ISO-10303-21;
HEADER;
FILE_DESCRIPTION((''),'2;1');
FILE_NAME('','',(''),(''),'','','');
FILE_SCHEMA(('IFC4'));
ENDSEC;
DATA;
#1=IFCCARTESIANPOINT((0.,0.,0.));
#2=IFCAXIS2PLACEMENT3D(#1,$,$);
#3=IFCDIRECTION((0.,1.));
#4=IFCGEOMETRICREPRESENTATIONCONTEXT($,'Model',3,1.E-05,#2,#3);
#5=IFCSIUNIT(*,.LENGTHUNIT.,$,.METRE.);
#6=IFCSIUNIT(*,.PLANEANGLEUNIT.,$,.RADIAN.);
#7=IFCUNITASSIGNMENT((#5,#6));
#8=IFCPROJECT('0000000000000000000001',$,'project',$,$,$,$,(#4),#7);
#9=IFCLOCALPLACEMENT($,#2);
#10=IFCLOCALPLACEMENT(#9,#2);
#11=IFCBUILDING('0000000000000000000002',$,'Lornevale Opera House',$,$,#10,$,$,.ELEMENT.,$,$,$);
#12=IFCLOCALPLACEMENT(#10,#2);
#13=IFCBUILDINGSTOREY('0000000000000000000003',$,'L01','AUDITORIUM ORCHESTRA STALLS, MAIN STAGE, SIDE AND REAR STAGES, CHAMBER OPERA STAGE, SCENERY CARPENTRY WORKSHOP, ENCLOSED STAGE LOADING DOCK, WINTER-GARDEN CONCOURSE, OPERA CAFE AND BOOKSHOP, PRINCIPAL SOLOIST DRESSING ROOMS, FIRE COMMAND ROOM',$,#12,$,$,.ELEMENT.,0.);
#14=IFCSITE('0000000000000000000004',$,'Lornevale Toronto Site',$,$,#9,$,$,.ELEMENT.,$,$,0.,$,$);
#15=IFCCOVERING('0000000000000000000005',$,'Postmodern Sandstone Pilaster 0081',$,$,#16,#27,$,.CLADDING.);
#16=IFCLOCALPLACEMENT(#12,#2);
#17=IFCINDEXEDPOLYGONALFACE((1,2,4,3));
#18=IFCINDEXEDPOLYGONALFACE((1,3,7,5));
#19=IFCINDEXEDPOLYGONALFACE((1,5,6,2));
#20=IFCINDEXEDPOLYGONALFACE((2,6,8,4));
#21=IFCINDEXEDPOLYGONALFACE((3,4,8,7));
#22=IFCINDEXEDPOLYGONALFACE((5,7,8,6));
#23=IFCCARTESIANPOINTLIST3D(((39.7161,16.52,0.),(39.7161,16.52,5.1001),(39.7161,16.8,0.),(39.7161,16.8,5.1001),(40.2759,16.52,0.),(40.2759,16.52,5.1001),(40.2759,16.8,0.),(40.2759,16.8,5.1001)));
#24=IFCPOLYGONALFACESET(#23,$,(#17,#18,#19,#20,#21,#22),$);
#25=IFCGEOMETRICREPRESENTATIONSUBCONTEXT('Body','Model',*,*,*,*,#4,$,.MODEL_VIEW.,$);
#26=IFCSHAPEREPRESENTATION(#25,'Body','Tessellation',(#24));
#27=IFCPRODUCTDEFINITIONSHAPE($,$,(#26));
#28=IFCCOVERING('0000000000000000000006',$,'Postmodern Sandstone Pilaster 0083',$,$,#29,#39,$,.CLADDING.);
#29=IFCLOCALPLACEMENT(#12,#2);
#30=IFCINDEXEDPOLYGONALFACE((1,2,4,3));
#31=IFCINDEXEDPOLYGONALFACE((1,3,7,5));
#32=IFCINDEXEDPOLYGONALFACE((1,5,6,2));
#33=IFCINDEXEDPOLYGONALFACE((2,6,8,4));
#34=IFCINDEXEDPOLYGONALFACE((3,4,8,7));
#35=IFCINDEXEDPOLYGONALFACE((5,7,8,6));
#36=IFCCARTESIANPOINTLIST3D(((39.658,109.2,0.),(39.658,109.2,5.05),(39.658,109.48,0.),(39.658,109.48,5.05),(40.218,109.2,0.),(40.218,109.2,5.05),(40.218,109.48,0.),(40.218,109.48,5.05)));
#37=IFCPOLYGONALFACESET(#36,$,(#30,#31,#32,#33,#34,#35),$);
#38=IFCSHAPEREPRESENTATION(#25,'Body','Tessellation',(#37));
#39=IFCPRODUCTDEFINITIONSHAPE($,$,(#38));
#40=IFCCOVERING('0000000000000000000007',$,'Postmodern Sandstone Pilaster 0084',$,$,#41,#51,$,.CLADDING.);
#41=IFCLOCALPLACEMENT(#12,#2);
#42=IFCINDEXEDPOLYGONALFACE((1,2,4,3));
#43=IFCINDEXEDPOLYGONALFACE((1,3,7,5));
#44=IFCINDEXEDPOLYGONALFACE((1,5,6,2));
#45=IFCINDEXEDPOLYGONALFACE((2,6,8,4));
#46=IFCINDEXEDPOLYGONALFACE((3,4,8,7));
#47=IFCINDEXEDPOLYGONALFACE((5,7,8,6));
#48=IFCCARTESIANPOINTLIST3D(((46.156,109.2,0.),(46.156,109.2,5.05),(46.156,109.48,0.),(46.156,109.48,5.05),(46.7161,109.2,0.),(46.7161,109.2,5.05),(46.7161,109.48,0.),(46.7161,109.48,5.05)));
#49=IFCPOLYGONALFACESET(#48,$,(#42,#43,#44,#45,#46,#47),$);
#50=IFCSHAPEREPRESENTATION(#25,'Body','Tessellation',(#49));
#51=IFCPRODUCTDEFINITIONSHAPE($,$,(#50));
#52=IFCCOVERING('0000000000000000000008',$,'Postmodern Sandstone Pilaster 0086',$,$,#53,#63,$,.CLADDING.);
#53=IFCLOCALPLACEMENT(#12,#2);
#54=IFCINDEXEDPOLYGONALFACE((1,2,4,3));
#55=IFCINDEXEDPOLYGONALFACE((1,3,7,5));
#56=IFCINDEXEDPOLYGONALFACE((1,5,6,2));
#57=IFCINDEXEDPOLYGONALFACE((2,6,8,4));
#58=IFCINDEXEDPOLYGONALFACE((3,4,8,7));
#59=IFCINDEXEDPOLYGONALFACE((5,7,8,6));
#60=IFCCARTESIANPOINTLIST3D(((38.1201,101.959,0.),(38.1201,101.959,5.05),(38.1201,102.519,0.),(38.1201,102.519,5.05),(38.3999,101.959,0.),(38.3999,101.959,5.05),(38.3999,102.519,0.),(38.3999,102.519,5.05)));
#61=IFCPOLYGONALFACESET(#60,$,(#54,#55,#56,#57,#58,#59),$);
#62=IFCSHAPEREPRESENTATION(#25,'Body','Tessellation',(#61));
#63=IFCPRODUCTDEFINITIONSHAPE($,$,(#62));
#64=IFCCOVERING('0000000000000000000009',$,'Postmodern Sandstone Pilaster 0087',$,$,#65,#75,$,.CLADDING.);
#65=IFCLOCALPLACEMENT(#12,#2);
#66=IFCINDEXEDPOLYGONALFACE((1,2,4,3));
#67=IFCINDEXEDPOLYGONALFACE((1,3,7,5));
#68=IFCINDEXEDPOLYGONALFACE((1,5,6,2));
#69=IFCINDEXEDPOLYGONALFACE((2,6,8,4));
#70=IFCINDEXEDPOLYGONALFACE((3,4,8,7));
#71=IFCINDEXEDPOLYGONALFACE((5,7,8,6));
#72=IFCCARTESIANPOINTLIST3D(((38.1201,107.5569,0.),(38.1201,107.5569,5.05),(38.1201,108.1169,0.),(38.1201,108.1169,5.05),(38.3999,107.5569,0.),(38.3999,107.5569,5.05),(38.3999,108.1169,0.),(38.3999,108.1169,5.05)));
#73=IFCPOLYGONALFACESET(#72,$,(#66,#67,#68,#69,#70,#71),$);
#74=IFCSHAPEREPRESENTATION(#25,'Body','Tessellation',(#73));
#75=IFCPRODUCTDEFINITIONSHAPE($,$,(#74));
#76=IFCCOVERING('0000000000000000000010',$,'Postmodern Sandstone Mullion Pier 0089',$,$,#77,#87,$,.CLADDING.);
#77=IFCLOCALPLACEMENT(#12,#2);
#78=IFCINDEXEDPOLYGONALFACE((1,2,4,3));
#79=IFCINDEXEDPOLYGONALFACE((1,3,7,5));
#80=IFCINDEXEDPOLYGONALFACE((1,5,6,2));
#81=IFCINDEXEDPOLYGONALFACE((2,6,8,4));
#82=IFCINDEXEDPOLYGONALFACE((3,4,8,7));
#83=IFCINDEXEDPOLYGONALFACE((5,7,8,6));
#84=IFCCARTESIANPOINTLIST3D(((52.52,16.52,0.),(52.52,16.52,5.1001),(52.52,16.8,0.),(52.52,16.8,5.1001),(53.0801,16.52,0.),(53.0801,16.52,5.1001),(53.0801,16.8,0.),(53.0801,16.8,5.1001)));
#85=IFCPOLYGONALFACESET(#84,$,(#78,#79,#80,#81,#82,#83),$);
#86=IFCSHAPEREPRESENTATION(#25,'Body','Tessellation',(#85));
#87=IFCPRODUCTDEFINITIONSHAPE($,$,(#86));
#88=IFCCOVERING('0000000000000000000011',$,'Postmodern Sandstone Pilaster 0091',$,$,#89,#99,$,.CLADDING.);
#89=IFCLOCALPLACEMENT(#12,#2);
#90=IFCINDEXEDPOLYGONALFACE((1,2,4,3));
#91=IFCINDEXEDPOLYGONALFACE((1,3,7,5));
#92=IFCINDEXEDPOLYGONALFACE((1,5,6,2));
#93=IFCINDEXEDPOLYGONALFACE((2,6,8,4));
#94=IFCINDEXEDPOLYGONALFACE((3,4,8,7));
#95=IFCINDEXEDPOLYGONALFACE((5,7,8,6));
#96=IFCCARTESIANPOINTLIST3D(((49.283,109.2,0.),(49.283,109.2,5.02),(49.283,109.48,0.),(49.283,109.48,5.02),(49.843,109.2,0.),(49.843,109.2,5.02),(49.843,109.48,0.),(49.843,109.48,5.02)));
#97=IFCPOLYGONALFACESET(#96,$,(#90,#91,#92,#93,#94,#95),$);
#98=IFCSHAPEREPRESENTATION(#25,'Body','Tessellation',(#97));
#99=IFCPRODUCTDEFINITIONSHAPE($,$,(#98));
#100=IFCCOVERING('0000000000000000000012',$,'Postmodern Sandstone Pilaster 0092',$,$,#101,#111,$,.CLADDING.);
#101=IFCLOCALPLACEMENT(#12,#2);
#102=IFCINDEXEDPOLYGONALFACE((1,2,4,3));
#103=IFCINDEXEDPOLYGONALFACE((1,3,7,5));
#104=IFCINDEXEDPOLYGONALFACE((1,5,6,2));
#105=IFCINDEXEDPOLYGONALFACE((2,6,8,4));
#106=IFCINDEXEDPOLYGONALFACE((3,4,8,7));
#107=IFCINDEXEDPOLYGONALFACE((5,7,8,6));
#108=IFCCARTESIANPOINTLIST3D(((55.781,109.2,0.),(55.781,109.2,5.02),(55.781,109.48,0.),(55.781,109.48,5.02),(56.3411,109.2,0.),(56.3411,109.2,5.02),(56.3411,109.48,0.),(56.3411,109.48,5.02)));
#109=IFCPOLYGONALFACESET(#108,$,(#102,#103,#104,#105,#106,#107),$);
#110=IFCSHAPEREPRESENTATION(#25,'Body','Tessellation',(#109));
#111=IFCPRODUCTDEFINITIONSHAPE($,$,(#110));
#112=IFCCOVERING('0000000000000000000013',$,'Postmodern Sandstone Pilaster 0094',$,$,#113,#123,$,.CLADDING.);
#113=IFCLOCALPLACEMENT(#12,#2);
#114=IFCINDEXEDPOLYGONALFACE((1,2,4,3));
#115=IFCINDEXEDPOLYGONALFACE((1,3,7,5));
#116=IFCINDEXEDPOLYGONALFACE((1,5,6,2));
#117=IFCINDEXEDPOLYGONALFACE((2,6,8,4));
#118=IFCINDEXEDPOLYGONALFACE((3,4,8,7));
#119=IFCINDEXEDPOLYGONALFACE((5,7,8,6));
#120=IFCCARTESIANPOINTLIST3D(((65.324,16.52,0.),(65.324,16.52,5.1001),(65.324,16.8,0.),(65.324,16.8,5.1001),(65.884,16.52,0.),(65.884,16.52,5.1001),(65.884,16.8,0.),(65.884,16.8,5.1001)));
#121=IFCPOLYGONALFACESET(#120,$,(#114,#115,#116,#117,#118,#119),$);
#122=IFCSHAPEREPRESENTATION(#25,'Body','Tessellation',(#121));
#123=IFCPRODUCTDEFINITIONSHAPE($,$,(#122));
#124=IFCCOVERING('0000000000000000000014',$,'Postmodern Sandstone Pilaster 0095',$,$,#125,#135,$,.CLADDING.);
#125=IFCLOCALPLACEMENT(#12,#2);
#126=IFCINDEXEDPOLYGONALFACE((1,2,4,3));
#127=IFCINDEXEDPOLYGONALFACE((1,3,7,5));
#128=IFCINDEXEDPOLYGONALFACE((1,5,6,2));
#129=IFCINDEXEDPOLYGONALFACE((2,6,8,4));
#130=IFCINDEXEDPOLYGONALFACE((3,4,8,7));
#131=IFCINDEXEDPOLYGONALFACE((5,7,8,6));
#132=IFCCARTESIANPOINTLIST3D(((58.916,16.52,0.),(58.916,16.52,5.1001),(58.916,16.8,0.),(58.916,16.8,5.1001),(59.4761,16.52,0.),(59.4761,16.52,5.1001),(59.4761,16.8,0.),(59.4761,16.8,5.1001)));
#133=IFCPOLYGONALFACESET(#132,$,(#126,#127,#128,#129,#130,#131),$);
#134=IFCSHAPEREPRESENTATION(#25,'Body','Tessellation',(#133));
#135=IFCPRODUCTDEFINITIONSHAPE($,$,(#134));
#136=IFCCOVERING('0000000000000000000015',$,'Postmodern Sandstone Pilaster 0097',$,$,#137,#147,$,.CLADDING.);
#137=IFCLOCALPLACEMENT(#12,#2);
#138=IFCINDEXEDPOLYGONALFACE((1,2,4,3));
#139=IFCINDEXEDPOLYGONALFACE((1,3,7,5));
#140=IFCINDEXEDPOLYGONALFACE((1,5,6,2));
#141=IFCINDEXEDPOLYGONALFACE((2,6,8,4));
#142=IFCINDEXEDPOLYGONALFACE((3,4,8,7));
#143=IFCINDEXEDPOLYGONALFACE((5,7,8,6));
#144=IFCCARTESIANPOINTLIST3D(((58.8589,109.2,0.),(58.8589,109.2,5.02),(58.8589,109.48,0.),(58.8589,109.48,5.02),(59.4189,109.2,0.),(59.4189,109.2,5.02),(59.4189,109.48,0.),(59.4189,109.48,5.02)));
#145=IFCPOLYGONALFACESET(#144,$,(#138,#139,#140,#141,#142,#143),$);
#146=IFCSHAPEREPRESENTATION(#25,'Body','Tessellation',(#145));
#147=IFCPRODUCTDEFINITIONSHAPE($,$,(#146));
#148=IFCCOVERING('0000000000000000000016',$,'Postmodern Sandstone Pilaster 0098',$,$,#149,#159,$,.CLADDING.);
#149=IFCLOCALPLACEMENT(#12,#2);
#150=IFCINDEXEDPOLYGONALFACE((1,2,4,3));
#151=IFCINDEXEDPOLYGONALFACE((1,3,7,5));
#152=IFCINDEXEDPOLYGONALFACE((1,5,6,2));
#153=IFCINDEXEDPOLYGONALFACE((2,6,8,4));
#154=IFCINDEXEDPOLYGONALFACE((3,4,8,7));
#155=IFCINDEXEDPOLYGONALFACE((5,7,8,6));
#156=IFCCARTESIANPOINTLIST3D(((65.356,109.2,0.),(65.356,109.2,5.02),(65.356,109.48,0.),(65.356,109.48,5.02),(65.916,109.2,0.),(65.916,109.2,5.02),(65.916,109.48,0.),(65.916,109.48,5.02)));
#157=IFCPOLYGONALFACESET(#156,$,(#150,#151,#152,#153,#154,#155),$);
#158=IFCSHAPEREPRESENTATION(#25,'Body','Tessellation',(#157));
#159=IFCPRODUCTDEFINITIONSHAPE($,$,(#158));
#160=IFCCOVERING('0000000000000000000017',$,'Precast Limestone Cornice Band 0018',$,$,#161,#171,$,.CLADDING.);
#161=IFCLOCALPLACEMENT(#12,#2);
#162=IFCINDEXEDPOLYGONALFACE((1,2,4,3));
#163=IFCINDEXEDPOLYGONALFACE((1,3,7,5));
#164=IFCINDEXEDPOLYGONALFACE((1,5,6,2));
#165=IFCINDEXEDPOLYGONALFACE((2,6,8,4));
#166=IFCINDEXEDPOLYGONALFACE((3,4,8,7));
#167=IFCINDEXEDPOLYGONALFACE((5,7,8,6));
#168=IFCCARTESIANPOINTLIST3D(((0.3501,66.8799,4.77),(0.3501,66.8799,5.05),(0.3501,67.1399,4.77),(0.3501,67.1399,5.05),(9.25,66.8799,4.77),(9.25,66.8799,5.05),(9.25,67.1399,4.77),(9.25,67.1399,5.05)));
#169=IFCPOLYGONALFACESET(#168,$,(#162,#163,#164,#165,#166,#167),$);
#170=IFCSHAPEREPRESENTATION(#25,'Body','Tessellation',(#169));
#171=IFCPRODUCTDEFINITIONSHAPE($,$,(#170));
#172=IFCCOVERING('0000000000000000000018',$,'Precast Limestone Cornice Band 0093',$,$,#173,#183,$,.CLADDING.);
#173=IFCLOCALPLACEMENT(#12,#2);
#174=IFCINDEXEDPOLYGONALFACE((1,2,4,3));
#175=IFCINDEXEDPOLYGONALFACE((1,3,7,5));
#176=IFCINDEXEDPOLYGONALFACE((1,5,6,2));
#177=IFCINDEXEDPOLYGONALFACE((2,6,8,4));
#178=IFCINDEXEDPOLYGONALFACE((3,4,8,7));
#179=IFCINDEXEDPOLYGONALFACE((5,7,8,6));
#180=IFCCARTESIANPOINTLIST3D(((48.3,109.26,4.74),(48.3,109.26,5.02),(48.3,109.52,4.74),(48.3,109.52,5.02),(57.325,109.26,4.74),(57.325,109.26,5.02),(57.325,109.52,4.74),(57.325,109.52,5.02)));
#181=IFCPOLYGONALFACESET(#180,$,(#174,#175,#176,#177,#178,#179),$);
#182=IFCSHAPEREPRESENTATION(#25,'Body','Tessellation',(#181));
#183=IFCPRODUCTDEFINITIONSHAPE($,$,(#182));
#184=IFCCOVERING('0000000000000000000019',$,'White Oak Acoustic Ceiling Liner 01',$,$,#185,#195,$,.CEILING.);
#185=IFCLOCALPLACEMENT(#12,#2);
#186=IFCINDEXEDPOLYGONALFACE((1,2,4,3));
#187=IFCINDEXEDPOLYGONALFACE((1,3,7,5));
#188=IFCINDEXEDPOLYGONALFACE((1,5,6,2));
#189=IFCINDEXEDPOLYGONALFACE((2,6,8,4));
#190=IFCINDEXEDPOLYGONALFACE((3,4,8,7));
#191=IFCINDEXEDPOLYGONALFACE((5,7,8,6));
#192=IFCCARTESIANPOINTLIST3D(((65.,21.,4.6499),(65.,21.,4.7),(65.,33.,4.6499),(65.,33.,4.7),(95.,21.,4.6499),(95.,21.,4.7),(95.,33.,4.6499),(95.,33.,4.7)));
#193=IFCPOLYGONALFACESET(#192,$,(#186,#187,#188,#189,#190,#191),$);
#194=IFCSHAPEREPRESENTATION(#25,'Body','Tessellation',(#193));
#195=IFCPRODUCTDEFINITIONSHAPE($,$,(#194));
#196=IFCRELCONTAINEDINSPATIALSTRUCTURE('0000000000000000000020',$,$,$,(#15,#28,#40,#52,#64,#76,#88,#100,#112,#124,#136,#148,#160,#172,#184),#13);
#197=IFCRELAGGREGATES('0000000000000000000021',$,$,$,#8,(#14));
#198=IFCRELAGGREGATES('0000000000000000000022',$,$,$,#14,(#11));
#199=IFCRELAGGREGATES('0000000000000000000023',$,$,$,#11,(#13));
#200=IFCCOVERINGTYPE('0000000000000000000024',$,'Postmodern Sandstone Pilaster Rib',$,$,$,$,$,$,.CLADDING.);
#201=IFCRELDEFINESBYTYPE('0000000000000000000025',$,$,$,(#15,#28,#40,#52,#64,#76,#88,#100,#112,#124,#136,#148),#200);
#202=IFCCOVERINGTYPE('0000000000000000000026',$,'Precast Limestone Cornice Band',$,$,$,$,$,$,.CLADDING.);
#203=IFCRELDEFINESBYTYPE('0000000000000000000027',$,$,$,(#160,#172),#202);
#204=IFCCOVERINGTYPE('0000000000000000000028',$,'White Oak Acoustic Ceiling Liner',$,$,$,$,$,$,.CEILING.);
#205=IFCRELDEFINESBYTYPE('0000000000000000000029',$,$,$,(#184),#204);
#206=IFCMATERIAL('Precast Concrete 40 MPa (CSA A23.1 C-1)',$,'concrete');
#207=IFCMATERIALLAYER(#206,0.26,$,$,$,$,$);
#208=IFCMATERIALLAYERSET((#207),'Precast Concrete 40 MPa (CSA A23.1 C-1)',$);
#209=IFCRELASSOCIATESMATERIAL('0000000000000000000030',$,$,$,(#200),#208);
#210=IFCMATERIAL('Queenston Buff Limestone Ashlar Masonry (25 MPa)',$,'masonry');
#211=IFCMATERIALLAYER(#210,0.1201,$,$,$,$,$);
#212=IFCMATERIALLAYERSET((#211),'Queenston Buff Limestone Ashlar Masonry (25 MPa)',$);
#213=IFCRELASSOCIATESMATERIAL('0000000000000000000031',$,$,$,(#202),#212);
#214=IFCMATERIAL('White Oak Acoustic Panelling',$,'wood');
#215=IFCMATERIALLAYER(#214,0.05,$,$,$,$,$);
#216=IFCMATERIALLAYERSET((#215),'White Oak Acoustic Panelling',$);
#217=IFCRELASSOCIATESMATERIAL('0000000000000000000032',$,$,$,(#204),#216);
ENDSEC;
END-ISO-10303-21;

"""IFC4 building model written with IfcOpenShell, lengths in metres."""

from ifc_helpers import new_model, si_unit, direction, frame, origin, place, context, subcontext, project, spatial, polyline, outline, extrude, material, layer, layer_set, type_object, element, save


model = new_model("IFC4")

# Units and contexts
model_context = context("Model", 3, precision=1e-05, world=origin(), true_north=direction((0.0, 1.0)))
body_context = subcontext(model_context, "Body", "Model", "MODEL_VIEW")
ifc_project = project(units=[si_unit("LENGTHUNIT", "METRE"), si_unit("PLANEANGLEUNIT", "RADIAN")], contexts=[model_context])

# Site, building, storey
site_placement = place(None, origin())
site = spatial("IfcSite", under=ifc_project, at=site_placement, Name="Lornevale Toronto Site", CompositionType="ELEMENT", RefElevation=0.0)
building_placement = place(site_placement, origin())
building = spatial("IfcBuilding", under=site, at=building_placement, Name="Lornevale Opera House", CompositionType="ELEMENT")
storey_placement = place(building_placement, origin())
storey = spatial("IfcBuildingStorey", under=building, at=storey_placement, Name="L01", Description="AUDITORIUM ORCHESTRA STALLS, MAIN STAGE, SIDE AND REAR STAGES, CHAMBER OPERA STAGE, SCENERY CARPENTRY WORKSHOP, ENCLOSED STAGE LOADING DOCK, WINTER-GARDEN CONCOURSE, OPERA CAFE AND BOOKSHOP, PRINCIPAL SOLOIST DRESSING ROOMS, FIRE COMMAND ROOM", CompositionType="ELEMENT", Elevation=0.0)

# Coverings
ifc_material_1 = material(Name="Precast Concrete 40 MPa (CSA A23.1 C-1)", Category="concrete")
ifc_layer_1 = layer(ifc_material_1, 0.26)
ifc_layer_set_1 = layer_set([ifc_layer_1], Name="Precast Concrete 40 MPa (CSA A23.1 C-1)")
covering_type_1 = type_object("IfcCoveringType", Name="Postmodern Sandstone Pilaster Rib", PredefinedType="CLADDING", material=ifc_layer_set_1)
covering_1_placement = place(storey_placement, origin())
element("IfcCovering", 1, at=covering_1_placement, inside=storey, type_object=covering_type_1, Name="Postmodern Sandstone Pilaster 0081", PredefinedType="CLADDING", context=body_context, shape_type="SweptSolid", body=[
    extrude(outline(polyline([(40.2759, 16.8), (39.7161, 16.8), (39.7161, 16.52), (40.2759, 16.52), (40.2759, 16.8)])), origin(), (0.0, 0.0, 1.0), 5.1001),
])
covering_2_placement = place(storey_placement, origin())
element("IfcCovering", 2, at=covering_2_placement, inside=storey, type_object=covering_type_1, Name="Postmodern Sandstone Pilaster 0083", PredefinedType="CLADDING", context=body_context, shape_type="SweptSolid", body=[
    extrude(outline(polyline([(39.658, 109.2), (40.218, 109.2), (40.218, 109.48), (39.658, 109.48), (39.658, 109.2)])), origin(), (0.0, 0.0, 1.0), 5.05),
])
covering_3_placement = place(storey_placement, origin())
element("IfcCovering", 3, at=covering_3_placement, inside=storey, type_object=covering_type_1, Name="Postmodern Sandstone Pilaster 0084", PredefinedType="CLADDING", context=body_context, shape_type="SweptSolid", body=[
    extrude(outline(polyline([(46.156, 109.2), (46.7161, 109.2), (46.7161, 109.48), (46.156, 109.48), (46.156, 109.2)])), origin(), (0.0, 0.0, 1.0), 5.05),
])
covering_4_placement = place(storey_placement, origin())
element("IfcCovering", 4, at=covering_4_placement, inside=storey, type_object=covering_type_1, Name="Postmodern Sandstone Pilaster 0086", PredefinedType="CLADDING", context=body_context, shape_type="SweptSolid", body=[
    extrude(outline(polyline([(38.3999, 101.959), (38.3999, 102.519), (38.1201, 102.519), (38.1201, 101.959), (38.3999, 101.959)])), origin(), (0.0, 0.0, 1.0), 5.05),
])
covering_5_placement = place(storey_placement, origin())
element("IfcCovering", 5, at=covering_5_placement, inside=storey, type_object=covering_type_1, Name="Postmodern Sandstone Pilaster 0087", PredefinedType="CLADDING", context=body_context, shape_type="SweptSolid", body=[
    extrude(outline(polyline([(38.3999, 107.5569), (38.3999, 108.1169), (38.1201, 108.1169), (38.1201, 107.5569), (38.3999, 107.5569)])), origin(), (0.0, 0.0, 1.0), 5.05),
])
covering_6_placement = place(storey_placement, origin())
element("IfcCovering", 6, at=covering_6_placement, inside=storey, type_object=covering_type_1, Name="Postmodern Sandstone Mullion Pier 0089", PredefinedType="CLADDING", context=body_context, shape_type="SweptSolid", body=[
    extrude(outline(polyline([(53.0801, 16.8), (52.52, 16.8), (52.52, 16.52), (53.0801, 16.52), (53.0801, 16.8)])), origin(), (0.0, 0.0, 1.0), 5.1001),
])
covering_7_placement = place(storey_placement, origin())
element("IfcCovering", 7, at=covering_7_placement, inside=storey, type_object=covering_type_1, Name="Postmodern Sandstone Pilaster 0091", PredefinedType="CLADDING", context=body_context, shape_type="SweptSolid", body=[
    extrude(outline(polyline([(49.283, 109.2), (49.843, 109.2), (49.843, 109.48), (49.283, 109.48), (49.283, 109.2)])), origin(), (0.0, 0.0, 1.0), 5.02),
])
covering_8_placement = place(storey_placement, origin())
element("IfcCovering", 8, at=covering_8_placement, inside=storey, type_object=covering_type_1, Name="Postmodern Sandstone Pilaster 0092", PredefinedType="CLADDING", context=body_context, shape_type="SweptSolid", body=[
    extrude(outline(polyline([(55.781, 109.2), (56.3411, 109.2), (56.3411, 109.48), (55.781, 109.48), (55.781, 109.2)])), origin(), (0.0, 0.0, 1.0), 5.02),
])
covering_9_placement = place(storey_placement, origin())
element("IfcCovering", 9, at=covering_9_placement, inside=storey, type_object=covering_type_1, Name="Postmodern Sandstone Pilaster 0094", PredefinedType="CLADDING", context=body_context, shape_type="SweptSolid", body=[
    extrude(outline(polyline([(65.884, 16.8), (65.324, 16.8), (65.324, 16.52), (65.884, 16.52), (65.884, 16.8)])), origin(), (0.0, 0.0, 1.0), 5.1001),
])
covering_10_placement = place(storey_placement, origin())
element("IfcCovering", 10, at=covering_10_placement, inside=storey, type_object=covering_type_1, Name="Postmodern Sandstone Pilaster 0095", PredefinedType="CLADDING", context=body_context, shape_type="SweptSolid", body=[
    extrude(outline(polyline([(59.4761, 16.8), (58.916, 16.8), (58.916, 16.52), (59.4761, 16.52), (59.4761, 16.8)])), origin(), (0.0, 0.0, 1.0), 5.1001),
])
covering_11_placement = place(storey_placement, origin())
element("IfcCovering", 11, at=covering_11_placement, inside=storey, type_object=covering_type_1, Name="Postmodern Sandstone Pilaster 0097", PredefinedType="CLADDING", context=body_context, shape_type="SweptSolid", body=[
    extrude(outline(polyline([(58.8589, 109.2), (59.4189, 109.2), (59.4189, 109.48), (58.8589, 109.48), (58.8589, 109.2)])), origin(), (0.0, 0.0, 1.0), 5.02),
])
covering_12_placement = place(storey_placement, origin())
element("IfcCovering", 12, at=covering_12_placement, inside=storey, type_object=covering_type_1, Name="Postmodern Sandstone Pilaster 0098", PredefinedType="CLADDING", context=body_context, shape_type="SweptSolid", body=[
    extrude(outline(polyline([(65.356, 109.2), (65.916, 109.2), (65.916, 109.48), (65.356, 109.48), (65.356, 109.2)])), origin(), (0.0, 0.0, 1.0), 5.02),
])
ifc_material_2 = material(Name="Queenston Buff Limestone Ashlar Masonry (25 MPa)", Category="masonry")
ifc_layer_2 = layer(ifc_material_2, 0.1201)
ifc_layer_set_2 = layer_set([ifc_layer_2], Name="Queenston Buff Limestone Ashlar Masonry (25 MPa)")
covering_type_2 = type_object("IfcCoveringType", Name="Precast Limestone Cornice Band", PredefinedType="CLADDING", material=ifc_layer_set_2)
covering_13_placement = place(storey_placement, frame((0.0, 0.0, 4.77)))
element("IfcCovering", 13, at=covering_13_placement, inside=storey, type_object=covering_type_2, Name="Precast Limestone Cornice Band 0018", PredefinedType="CLADDING", context=body_context, shape_type="SweptSolid", body=[
    extrude(outline(polyline([(9.25, 67.1399), (0.3501, 67.1399), (0.3501, 66.8799), (9.25, 66.8799), (9.25, 67.1399)])), origin(), (0.0, 0.0, 1.0), 0.28),
])
covering_14_placement = place(storey_placement, frame((0.0, 0.0, 4.74)))
element("IfcCovering", 14, at=covering_14_placement, inside=storey, type_object=covering_type_2, Name="Precast Limestone Cornice Band 0093", PredefinedType="CLADDING", context=body_context, shape_type="SweptSolid", body=[
    extrude(outline(polyline([(48.3, 109.26), (57.325, 109.26), (57.325, 109.52), (48.3, 109.52), (48.3, 109.26)])), origin(), (0.0, 0.0, 1.0), 0.28),
])
ifc_material_3 = material(Name="White Oak Acoustic Panelling", Category="wood")
ifc_layer_3 = layer(ifc_material_3, 0.05)
ifc_layer_set_3 = layer_set([ifc_layer_3], Name="White Oak Acoustic Panelling")
covering_type_3 = type_object("IfcCoveringType", Name="White Oak Acoustic Ceiling Liner", PredefinedType="CEILING", material=ifc_layer_set_3)
covering_15_placement = place(storey_placement, frame((0.0, 0.0, 4.6499)))
element("IfcCovering", 15, at=covering_15_placement, inside=storey, type_object=covering_type_3, Name="White Oak Acoustic Ceiling Liner 01", PredefinedType="CEILING", context=body_context, shape_type="SweptSolid", body=[
    extrude(outline(polyline([(65.0, 21.0), (95.0, 21.0), (95.0, 33.0), (65.0, 33.0), (65.0, 21.0)])), origin(), (0.0, 0.0, 1.0), 0.05),
])

save(model, "model.ifc")
